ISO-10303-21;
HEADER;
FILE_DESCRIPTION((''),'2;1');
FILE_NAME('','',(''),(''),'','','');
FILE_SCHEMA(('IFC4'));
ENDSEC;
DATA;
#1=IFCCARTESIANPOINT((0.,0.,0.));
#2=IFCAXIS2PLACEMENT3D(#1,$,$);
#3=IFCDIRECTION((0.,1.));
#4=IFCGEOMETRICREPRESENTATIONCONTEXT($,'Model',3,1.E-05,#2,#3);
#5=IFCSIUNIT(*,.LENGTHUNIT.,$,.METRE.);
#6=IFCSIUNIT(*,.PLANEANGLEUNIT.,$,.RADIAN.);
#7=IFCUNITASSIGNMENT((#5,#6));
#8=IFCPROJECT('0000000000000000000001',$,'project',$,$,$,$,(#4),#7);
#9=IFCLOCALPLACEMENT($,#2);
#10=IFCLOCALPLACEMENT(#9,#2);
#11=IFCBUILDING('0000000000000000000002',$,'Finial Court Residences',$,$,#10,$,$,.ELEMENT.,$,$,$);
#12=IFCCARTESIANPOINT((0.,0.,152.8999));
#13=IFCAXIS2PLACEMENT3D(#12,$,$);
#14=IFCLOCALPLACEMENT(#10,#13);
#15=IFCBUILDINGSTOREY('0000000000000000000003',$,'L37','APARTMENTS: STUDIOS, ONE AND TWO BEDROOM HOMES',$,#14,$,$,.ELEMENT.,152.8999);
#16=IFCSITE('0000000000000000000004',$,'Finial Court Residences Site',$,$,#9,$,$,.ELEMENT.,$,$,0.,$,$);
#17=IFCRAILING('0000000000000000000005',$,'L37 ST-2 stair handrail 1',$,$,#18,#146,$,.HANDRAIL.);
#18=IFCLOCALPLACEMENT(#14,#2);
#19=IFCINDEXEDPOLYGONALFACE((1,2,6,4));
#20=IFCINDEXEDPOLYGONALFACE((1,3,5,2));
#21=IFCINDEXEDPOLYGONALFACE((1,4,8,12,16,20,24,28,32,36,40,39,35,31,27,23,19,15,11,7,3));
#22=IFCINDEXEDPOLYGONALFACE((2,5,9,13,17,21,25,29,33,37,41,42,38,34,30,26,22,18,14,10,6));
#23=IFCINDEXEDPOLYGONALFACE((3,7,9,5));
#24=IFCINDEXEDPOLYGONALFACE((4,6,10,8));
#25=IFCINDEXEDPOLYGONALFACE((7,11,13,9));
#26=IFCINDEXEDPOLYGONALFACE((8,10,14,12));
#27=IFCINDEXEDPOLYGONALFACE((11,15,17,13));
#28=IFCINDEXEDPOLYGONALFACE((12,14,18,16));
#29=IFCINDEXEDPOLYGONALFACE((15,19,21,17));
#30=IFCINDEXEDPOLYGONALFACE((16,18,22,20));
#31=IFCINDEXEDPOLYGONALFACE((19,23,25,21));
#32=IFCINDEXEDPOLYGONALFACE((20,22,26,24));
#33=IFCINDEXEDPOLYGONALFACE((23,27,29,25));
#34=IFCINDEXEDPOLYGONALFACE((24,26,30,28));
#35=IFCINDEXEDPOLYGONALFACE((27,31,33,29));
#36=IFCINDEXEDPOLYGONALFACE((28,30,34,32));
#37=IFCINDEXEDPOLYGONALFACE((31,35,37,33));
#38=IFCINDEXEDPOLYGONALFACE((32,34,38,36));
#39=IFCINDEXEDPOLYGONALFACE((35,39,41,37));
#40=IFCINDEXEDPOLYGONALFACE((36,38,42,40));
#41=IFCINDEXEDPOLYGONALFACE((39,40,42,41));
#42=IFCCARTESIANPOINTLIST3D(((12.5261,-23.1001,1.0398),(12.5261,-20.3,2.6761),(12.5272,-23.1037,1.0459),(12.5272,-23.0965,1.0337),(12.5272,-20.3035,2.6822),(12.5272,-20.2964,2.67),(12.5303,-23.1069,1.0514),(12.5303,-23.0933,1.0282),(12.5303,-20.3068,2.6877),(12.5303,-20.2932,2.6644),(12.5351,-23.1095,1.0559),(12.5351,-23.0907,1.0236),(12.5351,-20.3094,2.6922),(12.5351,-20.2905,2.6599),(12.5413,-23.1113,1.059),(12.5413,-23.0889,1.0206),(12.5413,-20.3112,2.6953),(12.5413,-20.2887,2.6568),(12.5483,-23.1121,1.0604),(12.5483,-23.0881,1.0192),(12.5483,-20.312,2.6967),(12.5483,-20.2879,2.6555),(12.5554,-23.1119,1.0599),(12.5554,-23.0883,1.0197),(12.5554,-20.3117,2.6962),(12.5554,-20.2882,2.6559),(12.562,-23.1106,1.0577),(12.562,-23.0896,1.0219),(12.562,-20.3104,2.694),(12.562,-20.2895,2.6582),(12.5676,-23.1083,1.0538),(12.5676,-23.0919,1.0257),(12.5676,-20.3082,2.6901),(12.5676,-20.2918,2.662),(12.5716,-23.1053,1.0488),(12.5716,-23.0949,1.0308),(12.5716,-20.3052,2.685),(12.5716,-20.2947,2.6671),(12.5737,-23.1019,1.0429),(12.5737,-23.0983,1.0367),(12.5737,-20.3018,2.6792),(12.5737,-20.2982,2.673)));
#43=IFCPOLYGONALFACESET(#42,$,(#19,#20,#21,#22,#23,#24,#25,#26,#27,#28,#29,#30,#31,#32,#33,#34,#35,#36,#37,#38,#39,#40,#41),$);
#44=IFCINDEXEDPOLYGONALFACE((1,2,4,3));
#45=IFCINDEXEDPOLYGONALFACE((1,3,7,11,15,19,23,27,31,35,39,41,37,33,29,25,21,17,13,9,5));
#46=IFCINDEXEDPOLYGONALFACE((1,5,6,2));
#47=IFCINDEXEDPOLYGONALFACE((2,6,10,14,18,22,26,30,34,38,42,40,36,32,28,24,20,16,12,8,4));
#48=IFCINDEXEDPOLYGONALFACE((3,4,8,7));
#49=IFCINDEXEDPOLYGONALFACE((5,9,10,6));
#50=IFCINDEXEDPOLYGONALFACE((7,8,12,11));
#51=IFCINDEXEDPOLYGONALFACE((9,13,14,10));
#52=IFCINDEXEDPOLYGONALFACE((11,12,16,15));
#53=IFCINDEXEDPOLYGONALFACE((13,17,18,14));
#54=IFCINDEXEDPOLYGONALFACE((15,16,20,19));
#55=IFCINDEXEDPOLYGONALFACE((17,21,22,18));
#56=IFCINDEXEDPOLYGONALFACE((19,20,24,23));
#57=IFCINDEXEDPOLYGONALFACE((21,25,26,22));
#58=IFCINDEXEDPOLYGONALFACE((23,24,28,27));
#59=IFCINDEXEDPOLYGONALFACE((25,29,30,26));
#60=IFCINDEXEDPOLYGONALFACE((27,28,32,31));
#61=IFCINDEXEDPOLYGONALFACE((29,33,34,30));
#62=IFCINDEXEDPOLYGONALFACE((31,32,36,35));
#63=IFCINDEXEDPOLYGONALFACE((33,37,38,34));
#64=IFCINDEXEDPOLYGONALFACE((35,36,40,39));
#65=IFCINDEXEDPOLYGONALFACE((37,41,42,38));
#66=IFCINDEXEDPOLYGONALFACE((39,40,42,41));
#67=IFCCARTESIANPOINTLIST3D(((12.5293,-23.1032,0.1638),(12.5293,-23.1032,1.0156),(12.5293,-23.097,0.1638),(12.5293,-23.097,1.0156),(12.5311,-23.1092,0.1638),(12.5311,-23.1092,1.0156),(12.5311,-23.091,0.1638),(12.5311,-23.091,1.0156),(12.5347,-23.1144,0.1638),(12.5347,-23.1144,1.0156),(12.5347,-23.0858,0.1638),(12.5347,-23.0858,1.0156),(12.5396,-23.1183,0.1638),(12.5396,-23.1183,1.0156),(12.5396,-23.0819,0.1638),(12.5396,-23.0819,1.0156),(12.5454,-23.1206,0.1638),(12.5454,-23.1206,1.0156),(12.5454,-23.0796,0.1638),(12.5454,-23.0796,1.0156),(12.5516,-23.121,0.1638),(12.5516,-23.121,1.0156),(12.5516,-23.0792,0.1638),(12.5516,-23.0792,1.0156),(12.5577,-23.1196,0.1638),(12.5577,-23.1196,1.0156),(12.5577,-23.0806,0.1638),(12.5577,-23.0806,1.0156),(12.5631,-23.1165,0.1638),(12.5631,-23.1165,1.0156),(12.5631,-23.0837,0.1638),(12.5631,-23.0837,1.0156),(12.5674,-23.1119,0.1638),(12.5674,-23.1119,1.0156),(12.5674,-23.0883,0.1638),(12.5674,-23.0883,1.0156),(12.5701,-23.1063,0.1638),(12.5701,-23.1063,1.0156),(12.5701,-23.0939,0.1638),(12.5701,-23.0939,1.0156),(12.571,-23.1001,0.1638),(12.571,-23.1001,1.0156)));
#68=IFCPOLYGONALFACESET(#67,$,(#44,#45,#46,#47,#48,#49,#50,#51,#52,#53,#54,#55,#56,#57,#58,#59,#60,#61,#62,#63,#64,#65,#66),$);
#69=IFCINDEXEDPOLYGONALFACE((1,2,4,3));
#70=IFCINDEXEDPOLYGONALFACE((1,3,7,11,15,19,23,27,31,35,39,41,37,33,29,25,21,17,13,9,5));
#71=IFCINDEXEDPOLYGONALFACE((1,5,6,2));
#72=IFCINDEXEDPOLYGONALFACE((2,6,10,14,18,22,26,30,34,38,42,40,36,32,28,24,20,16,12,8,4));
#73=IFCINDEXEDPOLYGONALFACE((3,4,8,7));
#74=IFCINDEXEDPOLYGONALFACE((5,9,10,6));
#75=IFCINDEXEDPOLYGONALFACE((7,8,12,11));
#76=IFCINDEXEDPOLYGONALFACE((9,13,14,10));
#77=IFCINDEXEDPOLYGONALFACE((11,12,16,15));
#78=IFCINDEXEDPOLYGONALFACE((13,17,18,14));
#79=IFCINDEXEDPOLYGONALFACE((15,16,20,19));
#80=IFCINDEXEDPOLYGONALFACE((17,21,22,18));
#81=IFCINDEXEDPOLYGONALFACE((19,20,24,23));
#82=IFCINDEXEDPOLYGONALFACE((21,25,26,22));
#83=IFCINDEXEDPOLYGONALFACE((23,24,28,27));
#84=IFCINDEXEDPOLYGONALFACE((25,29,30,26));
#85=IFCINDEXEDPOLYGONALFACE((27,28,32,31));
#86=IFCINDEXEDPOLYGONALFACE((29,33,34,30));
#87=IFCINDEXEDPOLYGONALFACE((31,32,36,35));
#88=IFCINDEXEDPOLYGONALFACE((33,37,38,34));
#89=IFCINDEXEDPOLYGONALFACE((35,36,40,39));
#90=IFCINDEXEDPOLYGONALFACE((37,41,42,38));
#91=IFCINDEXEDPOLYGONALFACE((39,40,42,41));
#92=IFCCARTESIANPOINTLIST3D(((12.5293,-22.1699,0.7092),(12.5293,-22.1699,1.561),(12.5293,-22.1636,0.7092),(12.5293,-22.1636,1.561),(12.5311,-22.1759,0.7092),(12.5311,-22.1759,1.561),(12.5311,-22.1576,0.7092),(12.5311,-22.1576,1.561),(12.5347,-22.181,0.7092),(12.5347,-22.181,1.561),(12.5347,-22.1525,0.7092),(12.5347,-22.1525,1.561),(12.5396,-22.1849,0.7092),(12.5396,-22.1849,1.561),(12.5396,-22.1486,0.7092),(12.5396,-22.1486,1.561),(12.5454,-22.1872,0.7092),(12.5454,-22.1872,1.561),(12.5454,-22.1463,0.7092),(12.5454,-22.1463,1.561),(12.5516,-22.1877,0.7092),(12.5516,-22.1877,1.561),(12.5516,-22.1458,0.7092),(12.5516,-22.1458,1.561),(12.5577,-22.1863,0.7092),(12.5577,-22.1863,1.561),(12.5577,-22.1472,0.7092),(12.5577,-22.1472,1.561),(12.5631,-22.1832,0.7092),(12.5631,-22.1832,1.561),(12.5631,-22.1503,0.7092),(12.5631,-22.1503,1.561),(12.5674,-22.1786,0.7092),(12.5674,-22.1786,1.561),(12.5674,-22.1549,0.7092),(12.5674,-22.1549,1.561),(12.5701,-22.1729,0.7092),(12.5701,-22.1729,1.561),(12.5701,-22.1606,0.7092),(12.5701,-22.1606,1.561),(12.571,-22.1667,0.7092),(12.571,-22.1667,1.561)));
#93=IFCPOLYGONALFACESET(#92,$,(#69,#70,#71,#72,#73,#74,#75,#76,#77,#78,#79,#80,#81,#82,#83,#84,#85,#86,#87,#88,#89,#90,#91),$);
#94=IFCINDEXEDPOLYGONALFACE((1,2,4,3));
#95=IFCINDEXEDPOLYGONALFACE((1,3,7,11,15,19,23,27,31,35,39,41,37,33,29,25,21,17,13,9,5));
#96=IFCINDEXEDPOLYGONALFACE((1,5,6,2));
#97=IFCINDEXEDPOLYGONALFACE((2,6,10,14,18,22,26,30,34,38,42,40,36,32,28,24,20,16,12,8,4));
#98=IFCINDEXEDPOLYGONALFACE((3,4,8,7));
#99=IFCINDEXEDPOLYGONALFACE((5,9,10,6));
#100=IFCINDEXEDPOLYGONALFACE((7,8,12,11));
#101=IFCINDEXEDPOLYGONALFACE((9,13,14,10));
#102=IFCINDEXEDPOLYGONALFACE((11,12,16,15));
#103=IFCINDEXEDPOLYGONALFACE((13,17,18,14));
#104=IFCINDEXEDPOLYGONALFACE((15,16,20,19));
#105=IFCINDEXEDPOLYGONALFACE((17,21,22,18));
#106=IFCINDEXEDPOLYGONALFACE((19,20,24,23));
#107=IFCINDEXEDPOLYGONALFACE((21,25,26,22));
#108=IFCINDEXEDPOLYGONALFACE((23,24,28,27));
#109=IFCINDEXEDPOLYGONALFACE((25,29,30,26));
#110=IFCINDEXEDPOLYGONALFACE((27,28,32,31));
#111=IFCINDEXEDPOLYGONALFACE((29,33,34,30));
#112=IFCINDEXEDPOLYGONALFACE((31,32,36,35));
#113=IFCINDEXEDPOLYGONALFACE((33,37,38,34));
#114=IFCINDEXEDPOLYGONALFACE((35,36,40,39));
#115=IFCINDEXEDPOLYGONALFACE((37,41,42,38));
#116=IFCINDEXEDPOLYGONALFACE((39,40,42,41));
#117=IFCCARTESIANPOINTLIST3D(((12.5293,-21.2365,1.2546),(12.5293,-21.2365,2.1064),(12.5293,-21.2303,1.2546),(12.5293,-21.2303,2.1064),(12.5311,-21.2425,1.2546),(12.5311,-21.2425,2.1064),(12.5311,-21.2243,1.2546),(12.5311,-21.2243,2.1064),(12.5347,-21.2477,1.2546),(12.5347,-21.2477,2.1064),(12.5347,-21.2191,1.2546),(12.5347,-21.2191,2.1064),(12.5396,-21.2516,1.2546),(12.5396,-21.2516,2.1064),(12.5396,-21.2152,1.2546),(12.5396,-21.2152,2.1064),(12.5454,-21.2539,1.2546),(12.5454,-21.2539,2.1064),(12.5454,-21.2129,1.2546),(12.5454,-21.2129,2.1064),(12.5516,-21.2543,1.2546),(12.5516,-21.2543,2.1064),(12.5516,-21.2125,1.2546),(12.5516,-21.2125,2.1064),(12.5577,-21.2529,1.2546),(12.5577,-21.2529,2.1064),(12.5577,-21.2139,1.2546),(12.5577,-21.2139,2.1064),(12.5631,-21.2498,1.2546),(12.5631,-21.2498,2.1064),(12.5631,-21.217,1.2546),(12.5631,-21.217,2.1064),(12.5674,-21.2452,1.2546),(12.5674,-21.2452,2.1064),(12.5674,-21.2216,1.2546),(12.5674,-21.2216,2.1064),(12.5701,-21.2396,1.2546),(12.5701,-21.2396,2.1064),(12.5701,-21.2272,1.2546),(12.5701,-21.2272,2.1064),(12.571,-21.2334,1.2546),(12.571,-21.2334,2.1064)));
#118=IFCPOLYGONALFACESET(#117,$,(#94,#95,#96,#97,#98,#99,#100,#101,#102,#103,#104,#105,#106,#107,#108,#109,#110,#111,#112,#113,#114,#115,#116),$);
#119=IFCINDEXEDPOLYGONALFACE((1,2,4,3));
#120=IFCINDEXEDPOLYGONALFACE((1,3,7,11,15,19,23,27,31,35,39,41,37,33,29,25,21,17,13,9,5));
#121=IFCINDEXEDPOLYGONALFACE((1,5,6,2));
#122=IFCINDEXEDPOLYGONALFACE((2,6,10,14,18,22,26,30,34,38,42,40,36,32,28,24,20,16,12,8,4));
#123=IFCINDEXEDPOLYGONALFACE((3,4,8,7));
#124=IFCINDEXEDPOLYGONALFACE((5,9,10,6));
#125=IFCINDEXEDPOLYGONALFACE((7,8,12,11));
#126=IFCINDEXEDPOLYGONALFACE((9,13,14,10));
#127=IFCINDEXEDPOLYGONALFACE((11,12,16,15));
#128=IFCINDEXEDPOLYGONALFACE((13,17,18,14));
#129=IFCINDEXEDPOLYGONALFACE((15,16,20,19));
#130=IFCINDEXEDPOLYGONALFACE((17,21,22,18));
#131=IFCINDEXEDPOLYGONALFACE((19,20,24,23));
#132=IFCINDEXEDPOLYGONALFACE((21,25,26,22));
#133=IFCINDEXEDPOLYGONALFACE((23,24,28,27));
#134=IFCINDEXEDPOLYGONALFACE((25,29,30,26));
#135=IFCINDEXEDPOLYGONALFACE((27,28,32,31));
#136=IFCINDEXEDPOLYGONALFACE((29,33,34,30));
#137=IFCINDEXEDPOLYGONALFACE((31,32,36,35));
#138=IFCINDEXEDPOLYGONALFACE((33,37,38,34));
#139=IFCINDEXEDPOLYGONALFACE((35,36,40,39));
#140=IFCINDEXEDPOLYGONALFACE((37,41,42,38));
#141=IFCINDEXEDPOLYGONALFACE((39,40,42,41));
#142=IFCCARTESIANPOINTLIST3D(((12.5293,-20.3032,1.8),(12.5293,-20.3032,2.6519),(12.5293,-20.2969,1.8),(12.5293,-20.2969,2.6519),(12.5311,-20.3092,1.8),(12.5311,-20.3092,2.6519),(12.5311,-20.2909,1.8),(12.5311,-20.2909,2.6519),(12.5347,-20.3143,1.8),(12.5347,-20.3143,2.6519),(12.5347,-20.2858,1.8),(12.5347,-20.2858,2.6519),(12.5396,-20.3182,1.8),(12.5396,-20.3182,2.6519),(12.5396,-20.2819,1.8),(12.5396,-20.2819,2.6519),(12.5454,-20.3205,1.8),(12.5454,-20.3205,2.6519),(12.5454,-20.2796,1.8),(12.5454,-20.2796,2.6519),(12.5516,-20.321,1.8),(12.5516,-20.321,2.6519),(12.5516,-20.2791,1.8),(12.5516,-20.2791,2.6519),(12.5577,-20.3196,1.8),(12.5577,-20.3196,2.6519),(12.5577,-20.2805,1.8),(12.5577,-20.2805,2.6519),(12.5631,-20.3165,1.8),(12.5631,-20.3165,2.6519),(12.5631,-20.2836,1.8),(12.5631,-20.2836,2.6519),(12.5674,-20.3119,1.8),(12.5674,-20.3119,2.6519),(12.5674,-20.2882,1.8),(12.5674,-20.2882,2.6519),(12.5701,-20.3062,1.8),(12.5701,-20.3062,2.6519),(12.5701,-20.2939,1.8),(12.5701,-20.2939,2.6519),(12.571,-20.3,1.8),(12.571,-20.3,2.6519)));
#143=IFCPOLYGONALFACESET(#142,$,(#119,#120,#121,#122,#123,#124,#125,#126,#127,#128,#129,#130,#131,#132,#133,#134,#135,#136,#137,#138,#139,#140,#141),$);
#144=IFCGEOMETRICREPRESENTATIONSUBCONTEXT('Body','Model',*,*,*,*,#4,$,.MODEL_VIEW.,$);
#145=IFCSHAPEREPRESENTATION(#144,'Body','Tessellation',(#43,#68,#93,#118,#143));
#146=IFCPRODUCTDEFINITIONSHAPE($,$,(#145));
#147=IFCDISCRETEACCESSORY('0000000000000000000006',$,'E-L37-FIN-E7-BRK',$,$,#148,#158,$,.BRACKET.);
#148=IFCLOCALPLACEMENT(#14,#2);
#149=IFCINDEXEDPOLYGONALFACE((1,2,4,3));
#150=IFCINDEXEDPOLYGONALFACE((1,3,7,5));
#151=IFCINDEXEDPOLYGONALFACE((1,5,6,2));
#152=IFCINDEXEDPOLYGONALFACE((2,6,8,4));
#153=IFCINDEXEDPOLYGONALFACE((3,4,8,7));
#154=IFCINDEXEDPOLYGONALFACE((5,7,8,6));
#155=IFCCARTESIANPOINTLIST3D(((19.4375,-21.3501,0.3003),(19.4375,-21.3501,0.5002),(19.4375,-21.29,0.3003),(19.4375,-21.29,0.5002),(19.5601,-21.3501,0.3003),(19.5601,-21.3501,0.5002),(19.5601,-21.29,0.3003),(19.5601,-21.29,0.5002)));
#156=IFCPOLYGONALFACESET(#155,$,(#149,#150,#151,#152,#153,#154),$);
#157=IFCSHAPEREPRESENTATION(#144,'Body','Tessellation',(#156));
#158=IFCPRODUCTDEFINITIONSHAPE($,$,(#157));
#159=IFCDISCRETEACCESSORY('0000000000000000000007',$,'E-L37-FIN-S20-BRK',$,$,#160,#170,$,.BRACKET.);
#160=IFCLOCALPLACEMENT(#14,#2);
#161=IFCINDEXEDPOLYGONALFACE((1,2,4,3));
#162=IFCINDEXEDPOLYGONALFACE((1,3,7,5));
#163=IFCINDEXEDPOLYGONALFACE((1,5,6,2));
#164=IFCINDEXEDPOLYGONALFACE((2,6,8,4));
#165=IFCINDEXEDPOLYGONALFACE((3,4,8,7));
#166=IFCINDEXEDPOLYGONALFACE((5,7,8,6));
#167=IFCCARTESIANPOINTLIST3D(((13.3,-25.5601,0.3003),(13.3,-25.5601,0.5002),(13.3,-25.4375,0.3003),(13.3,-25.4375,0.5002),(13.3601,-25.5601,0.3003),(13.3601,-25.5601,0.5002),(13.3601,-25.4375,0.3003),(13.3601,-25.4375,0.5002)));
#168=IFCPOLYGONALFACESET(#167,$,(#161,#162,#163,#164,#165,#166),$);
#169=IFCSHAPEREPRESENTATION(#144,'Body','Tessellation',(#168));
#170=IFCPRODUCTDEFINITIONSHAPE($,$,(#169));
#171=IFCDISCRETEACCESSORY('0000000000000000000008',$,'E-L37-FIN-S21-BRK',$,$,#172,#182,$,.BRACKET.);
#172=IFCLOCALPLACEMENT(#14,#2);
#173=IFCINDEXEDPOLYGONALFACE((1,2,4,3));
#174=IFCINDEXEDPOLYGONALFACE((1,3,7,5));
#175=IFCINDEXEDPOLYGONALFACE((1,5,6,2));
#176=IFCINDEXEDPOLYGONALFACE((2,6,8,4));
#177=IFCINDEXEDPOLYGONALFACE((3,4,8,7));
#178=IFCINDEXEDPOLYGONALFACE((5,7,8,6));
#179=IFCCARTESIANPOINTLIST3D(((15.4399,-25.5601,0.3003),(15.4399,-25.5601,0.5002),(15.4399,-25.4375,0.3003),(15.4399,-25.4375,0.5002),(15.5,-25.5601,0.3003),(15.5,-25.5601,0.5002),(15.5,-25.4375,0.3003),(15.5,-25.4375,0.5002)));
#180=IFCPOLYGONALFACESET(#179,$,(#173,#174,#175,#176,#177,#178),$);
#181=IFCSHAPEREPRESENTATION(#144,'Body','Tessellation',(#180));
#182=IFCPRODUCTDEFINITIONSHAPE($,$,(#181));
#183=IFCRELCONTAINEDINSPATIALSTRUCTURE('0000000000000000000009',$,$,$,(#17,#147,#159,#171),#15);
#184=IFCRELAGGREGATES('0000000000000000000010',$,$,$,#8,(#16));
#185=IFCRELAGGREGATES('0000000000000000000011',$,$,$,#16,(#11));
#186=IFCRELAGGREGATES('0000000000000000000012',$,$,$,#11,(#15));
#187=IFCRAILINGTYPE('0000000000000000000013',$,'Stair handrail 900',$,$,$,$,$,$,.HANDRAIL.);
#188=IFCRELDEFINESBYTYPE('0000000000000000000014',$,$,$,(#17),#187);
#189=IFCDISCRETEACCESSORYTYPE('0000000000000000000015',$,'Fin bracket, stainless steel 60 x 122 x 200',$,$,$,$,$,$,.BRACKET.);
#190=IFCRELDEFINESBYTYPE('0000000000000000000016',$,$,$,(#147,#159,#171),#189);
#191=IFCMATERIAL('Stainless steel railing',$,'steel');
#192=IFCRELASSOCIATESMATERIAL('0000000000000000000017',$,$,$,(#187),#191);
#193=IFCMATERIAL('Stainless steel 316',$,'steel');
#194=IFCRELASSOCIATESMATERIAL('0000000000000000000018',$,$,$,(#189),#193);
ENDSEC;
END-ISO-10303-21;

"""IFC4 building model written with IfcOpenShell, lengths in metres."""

from ifc_helpers import new_model, si_unit, direction, frame, origin, origin_2d, place, context, subcontext, project, spatial, rectangle, circle, extrude, material, type_object, element, save


model = new_model("IFC4")

# Units and contexts
model_context = context("Model", 3, precision=1e-05, world=origin(), true_north=direction((0.0, 1.0)))
body_context = subcontext(model_context, "Body", "Model", "MODEL_VIEW")
ifc_project = project(units=[si_unit("LENGTHUNIT", "METRE"), si_unit("PLANEANGLEUNIT", "RADIAN")], contexts=[model_context])

# Site, building, storey
site_placement = place(None, origin())
site = spatial("IfcSite", under=ifc_project, at=site_placement, Name="Finial Court Residences Site", CompositionType="ELEMENT", RefElevation=0.0)
building_placement = place(site_placement, origin())
building = spatial("IfcBuilding", under=site, at=building_placement, Name="Finial Court Residences", CompositionType="ELEMENT")
storey_placement = place(building_placement, frame((0.0, 0.0, 152.8999)))
storey = spatial("IfcBuildingStorey", under=building, at=storey_placement, Name="L37", Description="APARTMENTS: STUDIOS, ONE AND TWO BEDROOM HOMES", CompositionType="ELEMENT", Elevation=152.8999)

# Railing
ifc_material_1 = material(Name="Stainless steel railing", Category="steel")
railing_type = type_object("IfcRailingType", Name="Stair handrail 900", PredefinedType="HANDRAIL", material=ifc_material_1)
railing_placement = place(storey_placement, frame((12.55, -23.1001, 0.1638)))
element("IfcRailing", 1, at=railing_placement, inside=storey, type_object=railing_type, Name="L37 ST-2 stair handrail 1", PredefinedType="HANDRAIL", context=body_context, shape_type="SweptSolid", body=[
    extrude(circle(Radius=0.0239, at=origin_2d()), frame((0.0, 0.0, 0.876), z_axis=(0.0, 0.863394, 0.504531), x_axis=(-1.0, 0.0, 0.0)), (0.0, 0.0, 1.0), 3.2432),
    extrude(circle(Radius=0.021, at=origin_2d()), origin(), (0.0, 0.0, 1.0), 0.8518),
    extrude(circle(Radius=0.021, at=origin_2d()), frame((0.0, 0.9333, 0.5454)), (0.0, 0.0, 1.0), 0.8518),
    extrude(circle(Radius=0.021, at=origin_2d()), frame((0.0, 1.8667, 1.0908)), (0.0, 0.0, 1.0), 0.8518),
    extrude(circle(Radius=0.021, at=origin_2d()), frame((0.0, 2.8, 1.6362)), (0.0, 0.0, 1.0), 0.8518),
])

# Discrete accessories
ifc_material_2 = material(Name="Stainless steel 316", Category="steel")
discrete_accessory_type = type_object("IfcDiscreteAccessoryType", Name="Fin bracket, stainless steel 60 x 122 x 200", PredefinedType="BRACKET", material=ifc_material_2)
discrete_accessory_placement = place(storey_placement, frame((19.4988, -21.3201, 0.3003), z_axis=(0.0, 0.0, 1.0), x_axis=(1.0, 0.0, 0.0)))
element("IfcDiscreteAccessory", 2, at=discrete_accessory_placement, inside=storey, type_object=discrete_accessory_type, Name="E-L37-FIN-E7-BRK", PredefinedType="BRACKET", context=body_context, shape_type="SweptSolid", body=[
    extrude(rectangle(XDim=0.1226, YDim=0.0601, at=origin_2d()), origin(), (0.0, 0.0, 1.0), 0.2),
])
for number, where, z_axis, x_axis, name in (
    (3, (13.3301, -25.4988, 0.3003), (0.0, 0.0, 1.0), (1.0, 0.0, 0.0), "E-L37-FIN-S20-BRK"),
    (4, (15.47, -25.4988, 0.3003), (0.0, 0.0, 1.0), (1.0, 0.0, 0.0), "E-L37-FIN-S21-BRK"),
):
    element("IfcDiscreteAccessory", number, at=place(storey_placement, frame(where, z_axis=z_axis, x_axis=x_axis)), inside=storey, type_object=discrete_accessory_type, Name=name, PredefinedType="BRACKET", context=body_context, shape_type="SweptSolid", body=[
        extrude(rectangle(XDim=0.0601, YDim=0.1226, at=origin_2d()), origin(), (0.0, 0.0, 1.0), 0.2),
    ])

save(model, "model.ifc")
